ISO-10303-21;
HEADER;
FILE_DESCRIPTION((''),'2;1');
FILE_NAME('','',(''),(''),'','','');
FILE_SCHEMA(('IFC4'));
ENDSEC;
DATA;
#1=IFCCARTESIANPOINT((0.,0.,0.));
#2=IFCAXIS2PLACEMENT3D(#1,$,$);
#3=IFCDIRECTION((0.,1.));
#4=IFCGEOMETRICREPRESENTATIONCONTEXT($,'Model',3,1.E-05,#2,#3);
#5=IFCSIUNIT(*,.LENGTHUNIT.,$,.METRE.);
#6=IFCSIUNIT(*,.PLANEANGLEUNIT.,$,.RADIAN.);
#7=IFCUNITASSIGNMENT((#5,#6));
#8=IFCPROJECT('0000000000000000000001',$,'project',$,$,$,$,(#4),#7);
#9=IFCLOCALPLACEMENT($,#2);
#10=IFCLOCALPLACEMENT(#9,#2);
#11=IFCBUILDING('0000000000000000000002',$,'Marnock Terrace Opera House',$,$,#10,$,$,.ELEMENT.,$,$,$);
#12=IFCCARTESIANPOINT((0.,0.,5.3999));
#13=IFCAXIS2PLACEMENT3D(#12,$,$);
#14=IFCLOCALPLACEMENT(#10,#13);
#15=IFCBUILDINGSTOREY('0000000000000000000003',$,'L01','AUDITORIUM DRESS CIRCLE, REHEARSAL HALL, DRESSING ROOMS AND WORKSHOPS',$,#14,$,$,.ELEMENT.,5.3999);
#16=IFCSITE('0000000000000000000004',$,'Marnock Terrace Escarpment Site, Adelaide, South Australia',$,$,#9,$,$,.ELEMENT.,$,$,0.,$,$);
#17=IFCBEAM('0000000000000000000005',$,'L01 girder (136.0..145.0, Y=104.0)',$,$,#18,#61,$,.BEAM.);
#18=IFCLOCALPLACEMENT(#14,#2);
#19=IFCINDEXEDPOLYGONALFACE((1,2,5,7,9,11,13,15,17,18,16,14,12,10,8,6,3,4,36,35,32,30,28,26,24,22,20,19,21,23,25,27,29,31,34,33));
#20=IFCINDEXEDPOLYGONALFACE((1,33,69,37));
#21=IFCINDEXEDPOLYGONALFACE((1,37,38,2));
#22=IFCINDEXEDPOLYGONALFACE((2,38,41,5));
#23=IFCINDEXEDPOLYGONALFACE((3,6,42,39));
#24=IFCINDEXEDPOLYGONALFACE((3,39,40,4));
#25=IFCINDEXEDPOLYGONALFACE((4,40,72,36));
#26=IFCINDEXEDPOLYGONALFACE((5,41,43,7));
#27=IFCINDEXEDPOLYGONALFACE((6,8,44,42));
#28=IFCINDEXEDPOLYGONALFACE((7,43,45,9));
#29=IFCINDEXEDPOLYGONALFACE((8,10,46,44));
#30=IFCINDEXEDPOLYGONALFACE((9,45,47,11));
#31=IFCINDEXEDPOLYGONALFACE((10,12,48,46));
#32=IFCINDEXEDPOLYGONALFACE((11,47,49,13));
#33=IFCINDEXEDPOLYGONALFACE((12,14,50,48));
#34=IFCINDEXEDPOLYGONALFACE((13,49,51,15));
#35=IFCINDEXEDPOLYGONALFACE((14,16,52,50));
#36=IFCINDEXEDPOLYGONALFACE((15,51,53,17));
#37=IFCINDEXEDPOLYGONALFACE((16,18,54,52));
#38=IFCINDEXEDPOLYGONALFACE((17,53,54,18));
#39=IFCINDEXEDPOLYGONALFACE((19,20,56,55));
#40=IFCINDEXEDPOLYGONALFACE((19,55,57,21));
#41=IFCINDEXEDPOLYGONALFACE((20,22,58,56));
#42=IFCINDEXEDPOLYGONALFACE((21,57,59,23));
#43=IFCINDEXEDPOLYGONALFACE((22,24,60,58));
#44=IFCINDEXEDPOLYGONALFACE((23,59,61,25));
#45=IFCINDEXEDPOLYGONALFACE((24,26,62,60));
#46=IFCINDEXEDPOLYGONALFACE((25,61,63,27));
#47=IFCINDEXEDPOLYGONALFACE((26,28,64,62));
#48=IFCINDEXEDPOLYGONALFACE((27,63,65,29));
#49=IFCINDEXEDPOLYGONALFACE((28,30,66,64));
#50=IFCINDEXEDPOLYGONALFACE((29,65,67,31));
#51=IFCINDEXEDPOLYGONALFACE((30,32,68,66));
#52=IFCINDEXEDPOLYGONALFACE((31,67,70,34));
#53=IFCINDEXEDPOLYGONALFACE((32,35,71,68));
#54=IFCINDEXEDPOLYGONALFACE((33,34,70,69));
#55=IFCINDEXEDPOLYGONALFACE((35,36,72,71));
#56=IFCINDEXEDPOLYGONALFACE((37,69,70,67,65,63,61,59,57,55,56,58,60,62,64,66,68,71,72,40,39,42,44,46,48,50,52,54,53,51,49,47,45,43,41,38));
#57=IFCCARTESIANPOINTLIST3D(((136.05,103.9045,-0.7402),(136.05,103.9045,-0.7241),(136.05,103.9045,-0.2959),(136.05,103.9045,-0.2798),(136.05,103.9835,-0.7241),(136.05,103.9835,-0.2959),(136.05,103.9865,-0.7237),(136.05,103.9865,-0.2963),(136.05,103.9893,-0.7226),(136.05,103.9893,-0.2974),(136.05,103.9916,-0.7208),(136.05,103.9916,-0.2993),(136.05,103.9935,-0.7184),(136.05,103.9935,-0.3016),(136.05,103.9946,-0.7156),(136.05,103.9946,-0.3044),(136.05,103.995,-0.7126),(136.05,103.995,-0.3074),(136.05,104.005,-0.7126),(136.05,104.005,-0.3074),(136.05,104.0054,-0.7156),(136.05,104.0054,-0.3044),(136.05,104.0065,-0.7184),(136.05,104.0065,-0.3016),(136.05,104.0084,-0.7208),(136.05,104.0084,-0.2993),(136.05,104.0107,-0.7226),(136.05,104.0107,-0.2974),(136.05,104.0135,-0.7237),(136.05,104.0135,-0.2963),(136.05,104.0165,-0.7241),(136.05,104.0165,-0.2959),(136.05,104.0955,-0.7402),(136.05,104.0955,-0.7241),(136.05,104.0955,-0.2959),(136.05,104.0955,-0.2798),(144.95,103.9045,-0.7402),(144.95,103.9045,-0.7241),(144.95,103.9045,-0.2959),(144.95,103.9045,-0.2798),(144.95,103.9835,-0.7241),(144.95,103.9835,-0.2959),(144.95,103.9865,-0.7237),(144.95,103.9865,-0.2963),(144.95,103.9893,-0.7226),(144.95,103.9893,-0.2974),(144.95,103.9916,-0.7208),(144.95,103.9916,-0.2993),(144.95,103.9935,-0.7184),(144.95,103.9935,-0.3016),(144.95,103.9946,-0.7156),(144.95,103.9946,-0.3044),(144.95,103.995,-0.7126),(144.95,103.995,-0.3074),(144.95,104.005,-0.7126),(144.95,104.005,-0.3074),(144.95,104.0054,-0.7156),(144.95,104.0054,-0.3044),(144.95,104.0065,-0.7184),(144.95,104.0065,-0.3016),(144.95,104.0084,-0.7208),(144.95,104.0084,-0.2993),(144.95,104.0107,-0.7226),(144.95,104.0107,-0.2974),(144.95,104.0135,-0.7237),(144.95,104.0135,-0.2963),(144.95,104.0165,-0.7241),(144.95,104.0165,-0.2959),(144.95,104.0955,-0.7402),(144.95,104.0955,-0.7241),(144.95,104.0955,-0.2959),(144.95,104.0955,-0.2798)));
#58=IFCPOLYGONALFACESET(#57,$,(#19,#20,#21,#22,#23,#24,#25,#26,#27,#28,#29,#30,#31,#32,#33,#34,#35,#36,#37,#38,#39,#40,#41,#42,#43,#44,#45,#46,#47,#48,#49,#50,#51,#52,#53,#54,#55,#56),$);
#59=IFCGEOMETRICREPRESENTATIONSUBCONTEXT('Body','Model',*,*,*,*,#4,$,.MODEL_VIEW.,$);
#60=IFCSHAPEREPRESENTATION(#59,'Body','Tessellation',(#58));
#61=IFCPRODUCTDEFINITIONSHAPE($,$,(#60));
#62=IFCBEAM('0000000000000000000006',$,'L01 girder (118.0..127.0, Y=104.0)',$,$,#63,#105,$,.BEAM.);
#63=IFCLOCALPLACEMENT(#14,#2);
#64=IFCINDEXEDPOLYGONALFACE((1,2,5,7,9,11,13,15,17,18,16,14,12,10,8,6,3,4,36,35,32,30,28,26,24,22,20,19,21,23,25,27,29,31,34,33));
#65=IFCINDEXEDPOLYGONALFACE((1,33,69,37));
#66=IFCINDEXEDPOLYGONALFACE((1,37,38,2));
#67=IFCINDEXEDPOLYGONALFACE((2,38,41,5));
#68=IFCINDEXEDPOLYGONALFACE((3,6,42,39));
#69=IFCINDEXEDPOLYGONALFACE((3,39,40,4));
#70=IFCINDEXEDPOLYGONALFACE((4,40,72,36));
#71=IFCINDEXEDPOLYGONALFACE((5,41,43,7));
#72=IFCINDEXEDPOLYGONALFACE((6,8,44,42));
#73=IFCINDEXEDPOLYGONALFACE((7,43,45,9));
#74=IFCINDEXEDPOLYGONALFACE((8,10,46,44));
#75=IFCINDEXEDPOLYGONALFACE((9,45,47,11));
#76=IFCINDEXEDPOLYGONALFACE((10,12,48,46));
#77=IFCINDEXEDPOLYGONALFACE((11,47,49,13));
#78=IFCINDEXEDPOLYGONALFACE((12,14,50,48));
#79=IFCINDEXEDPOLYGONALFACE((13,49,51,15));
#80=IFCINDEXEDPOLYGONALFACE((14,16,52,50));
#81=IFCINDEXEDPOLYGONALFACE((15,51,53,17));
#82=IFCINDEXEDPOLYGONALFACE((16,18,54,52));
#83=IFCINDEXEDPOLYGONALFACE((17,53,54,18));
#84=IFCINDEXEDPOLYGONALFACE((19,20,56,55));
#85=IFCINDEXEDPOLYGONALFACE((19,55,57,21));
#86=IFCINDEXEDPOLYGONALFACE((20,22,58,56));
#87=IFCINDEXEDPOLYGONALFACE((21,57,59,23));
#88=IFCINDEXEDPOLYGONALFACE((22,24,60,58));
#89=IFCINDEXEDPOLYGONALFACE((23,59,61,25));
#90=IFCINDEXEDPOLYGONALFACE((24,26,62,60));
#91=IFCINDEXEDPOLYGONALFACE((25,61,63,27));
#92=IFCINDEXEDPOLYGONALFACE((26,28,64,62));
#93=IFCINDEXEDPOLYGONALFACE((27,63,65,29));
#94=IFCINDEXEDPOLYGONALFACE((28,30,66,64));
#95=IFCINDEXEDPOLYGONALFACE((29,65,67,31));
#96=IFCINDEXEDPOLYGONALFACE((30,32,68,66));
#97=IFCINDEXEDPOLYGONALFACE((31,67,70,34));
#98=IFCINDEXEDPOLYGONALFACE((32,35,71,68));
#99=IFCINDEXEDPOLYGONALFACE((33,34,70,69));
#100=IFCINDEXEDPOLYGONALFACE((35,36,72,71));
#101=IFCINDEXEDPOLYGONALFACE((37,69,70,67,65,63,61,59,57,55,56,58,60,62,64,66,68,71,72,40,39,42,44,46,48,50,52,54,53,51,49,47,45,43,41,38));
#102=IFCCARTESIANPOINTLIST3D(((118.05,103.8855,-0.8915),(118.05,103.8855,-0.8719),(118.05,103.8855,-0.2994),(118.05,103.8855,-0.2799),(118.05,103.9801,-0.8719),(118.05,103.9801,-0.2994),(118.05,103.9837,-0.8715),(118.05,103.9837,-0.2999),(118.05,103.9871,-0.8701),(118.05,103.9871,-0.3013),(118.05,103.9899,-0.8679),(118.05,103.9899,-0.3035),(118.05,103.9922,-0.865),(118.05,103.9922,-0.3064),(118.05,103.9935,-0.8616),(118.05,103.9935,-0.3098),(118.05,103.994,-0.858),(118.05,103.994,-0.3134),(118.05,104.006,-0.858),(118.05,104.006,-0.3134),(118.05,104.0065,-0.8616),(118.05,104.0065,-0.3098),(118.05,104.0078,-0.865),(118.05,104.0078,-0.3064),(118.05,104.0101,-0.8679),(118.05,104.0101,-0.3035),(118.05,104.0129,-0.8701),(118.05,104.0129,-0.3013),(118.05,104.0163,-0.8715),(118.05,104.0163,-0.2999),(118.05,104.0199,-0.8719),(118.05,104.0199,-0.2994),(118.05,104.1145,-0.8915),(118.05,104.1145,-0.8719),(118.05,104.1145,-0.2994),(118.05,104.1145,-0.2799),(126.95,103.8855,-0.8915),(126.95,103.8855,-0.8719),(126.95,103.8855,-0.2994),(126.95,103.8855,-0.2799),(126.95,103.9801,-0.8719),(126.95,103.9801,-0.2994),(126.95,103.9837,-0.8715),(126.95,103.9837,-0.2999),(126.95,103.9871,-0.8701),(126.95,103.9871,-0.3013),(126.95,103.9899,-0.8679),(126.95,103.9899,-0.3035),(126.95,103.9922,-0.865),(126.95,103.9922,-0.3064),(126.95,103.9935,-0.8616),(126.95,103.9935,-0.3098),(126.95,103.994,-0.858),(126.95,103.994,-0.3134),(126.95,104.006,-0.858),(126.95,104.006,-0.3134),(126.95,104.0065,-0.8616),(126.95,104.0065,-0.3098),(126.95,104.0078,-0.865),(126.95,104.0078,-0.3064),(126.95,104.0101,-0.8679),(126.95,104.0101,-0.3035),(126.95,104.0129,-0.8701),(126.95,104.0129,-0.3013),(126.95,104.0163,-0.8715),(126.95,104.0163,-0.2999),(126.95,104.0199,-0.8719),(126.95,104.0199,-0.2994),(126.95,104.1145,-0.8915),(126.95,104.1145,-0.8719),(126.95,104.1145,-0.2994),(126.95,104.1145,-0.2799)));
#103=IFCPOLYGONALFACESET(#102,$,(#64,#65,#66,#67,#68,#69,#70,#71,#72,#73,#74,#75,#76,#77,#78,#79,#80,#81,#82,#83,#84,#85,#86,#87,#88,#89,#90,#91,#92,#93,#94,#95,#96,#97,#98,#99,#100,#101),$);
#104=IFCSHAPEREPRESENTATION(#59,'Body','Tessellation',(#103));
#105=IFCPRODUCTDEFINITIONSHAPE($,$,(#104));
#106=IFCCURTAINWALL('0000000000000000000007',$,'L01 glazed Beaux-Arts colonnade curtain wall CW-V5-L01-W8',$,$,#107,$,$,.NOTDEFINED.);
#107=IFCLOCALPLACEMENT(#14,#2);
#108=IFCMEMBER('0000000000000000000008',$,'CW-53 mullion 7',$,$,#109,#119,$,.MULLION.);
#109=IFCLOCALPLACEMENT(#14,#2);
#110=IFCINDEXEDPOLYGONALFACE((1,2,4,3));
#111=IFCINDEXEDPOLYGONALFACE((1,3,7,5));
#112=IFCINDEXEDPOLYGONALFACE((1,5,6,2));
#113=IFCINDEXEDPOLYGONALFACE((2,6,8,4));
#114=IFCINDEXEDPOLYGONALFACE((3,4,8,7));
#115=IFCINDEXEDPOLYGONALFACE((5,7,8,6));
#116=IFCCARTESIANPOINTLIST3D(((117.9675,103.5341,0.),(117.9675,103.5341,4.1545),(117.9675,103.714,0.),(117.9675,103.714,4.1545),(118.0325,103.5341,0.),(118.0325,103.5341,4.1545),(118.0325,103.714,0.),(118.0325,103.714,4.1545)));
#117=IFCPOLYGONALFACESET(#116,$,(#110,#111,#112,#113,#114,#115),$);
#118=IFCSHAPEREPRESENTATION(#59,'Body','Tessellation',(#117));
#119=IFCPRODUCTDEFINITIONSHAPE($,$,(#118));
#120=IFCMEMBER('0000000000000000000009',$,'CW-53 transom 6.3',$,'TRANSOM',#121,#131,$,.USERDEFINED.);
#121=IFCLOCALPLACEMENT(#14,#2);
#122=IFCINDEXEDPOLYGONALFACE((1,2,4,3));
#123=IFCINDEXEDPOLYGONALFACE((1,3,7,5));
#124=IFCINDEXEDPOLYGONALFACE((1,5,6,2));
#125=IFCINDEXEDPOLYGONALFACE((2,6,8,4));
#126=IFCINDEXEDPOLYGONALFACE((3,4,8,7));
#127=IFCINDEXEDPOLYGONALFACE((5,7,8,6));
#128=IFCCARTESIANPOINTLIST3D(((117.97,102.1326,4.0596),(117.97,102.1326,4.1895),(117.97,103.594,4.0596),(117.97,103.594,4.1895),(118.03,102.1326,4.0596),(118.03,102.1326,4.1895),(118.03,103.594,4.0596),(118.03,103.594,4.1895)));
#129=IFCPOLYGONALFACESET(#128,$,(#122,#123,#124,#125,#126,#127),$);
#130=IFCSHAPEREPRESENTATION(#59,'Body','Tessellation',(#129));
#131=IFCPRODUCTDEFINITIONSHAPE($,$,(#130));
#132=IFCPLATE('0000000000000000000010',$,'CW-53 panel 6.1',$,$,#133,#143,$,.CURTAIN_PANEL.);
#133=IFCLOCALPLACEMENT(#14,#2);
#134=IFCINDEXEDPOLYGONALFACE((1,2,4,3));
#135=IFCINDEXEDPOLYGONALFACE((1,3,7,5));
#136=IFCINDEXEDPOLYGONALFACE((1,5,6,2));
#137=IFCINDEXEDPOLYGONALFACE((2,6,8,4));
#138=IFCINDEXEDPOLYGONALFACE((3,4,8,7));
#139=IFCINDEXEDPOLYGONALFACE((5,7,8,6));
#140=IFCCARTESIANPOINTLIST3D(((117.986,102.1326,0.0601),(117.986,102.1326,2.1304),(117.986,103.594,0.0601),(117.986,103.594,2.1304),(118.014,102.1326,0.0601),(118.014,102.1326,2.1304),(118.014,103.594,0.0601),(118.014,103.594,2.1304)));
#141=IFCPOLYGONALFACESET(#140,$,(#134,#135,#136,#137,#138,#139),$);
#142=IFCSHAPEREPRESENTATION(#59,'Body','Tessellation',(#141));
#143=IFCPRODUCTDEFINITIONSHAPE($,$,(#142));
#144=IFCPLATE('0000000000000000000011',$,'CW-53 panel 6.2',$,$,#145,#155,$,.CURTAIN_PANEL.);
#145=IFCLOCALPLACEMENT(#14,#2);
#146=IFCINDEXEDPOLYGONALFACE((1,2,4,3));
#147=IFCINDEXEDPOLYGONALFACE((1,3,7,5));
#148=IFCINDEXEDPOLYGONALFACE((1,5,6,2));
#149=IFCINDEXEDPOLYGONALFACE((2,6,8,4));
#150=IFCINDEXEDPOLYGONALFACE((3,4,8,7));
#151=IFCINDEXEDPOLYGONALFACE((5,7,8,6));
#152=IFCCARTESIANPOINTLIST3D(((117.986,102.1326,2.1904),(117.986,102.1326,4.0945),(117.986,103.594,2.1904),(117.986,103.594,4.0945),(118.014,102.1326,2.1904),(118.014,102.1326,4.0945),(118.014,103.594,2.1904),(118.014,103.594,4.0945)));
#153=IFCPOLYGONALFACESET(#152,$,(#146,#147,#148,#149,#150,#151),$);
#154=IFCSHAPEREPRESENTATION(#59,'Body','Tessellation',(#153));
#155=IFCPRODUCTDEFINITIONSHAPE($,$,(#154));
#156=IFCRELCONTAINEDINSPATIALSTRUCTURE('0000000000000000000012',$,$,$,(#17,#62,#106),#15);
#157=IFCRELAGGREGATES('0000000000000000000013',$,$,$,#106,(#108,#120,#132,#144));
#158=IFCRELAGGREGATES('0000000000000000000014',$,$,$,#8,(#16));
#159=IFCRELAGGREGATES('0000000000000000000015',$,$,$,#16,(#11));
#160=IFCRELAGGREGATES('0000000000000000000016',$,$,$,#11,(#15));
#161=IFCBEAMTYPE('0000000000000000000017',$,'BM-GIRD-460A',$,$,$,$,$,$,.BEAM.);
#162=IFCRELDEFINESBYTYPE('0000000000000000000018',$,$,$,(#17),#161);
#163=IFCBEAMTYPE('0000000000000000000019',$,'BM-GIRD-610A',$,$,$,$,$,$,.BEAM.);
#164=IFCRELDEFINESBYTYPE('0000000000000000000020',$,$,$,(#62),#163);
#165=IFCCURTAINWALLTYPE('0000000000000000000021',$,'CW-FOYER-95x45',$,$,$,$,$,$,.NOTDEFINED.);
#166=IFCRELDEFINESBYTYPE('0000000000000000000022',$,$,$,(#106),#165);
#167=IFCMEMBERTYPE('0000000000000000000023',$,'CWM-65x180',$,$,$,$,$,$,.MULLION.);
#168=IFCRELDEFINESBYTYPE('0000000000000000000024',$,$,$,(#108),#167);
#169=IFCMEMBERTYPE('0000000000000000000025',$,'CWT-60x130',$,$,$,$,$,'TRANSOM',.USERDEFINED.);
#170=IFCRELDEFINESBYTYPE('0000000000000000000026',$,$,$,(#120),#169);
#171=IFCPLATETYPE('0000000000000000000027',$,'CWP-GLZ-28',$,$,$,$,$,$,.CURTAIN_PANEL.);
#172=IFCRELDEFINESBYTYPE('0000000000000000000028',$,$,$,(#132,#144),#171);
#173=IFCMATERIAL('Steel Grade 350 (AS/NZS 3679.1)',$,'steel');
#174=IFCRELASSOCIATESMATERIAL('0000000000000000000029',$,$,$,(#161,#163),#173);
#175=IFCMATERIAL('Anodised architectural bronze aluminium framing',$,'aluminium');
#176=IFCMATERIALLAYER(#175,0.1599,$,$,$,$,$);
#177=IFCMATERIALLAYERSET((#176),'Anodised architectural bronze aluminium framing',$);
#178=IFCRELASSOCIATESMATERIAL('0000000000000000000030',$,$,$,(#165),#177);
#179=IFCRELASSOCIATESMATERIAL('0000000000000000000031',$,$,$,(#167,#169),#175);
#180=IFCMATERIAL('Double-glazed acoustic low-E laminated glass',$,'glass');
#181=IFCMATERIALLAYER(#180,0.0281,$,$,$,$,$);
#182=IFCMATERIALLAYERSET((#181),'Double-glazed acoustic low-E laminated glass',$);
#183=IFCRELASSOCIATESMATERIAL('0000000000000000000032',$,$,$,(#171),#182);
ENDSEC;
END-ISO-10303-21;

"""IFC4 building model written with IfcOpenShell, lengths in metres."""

from ifc_helpers import new_model, si_unit, direction, frame, origin, origin_2d, place, context, subcontext, project, spatial, rectangle, i_section, extrude, material, layer, layer_set, material_profile, profile_set, type_object, element, aggregate, save


model = new_model("IFC4")

# Units and contexts
model_context = context("Model", 3, precision=1e-05, world=origin(), true_north=direction((0.0, 1.0)))
body_context = subcontext(model_context, "Body", "Model", "MODEL_VIEW")
ifc_project = project(units=[si_unit("LENGTHUNIT", "METRE"), si_unit("PLANEANGLEUNIT", "RADIAN")], contexts=[model_context])

# Site, building, storey
site_placement = place(None, origin())
site = spatial("IfcSite", under=ifc_project, at=site_placement, Name="Marnock Terrace Escarpment Site, Adelaide, South Australia", CompositionType="ELEMENT", RefElevation=0.0)
building_placement = place(site_placement, origin())
building = spatial("IfcBuilding", under=site, at=building_placement, Name="Marnock Terrace Opera House", CompositionType="ELEMENT")
storey_placement = place(building_placement, frame((0.0, 0.0, 5.3999)))
storey = spatial("IfcBuildingStorey", under=building, at=storey_placement, Name="L01", Description="AUDITORIUM DRESS CIRCLE, REHEARSAL HALL, DRESSING ROOMS AND WORKSHOPS", CompositionType="ELEMENT", Elevation=5.3999)

# Shared definitions
ifc_material_1 = material(Name="Steel Grade 350 (AS/NZS 3679.1)", Category="steel")

# Beams
ifc_material_profile_1 = material_profile(ifc_material_1, i_section(OverallWidth=0.1909, OverallDepth=0.4604, WebThickness=0.01, FlangeThickness=0.0161, FilletRadius=0.0115, at=origin_2d()))
ifc_profile_set_1 = profile_set([ifc_material_profile_1], Name="Steel Grade 350 (AS/NZS 3679.1)")
beam_type_1 = type_object("IfcBeamType", Name="BM-GIRD-460A", PredefinedType="BEAM", material=ifc_profile_set_1)
beam_1_placement = place(storey_placement, frame((136.05, 104.0, -0.51), z_axis=(1.0, 0.0, 0.0), x_axis=(0.0, 1.0, 0.0)))
element("IfcBeam", 1, at=beam_1_placement, inside=storey, type_object=beam_type_1, Name="L01 girder (136.0..145.0, Y=104.0)", PredefinedType="BEAM", context=body_context, shape_type="SweptSolid", body=[
    extrude(i_section(OverallWidth=0.1909, OverallDepth=0.4604, WebThickness=0.01, FlangeThickness=0.0161, FilletRadius=0.0115, at=origin_2d()), origin(), (0.0, 0.0, 1.0), 8.8999),
])
ifc_material_profile_2 = material_profile(ifc_material_1, i_section(OverallWidth=0.229, OverallDepth=0.6116, WebThickness=0.012, FlangeThickness=0.0195, FilletRadius=0.0139, at=origin_2d()))
ifc_profile_set_2 = profile_set([ifc_material_profile_2], Name="Steel Grade 350 (AS/NZS 3679.1)")
beam_type_2 = type_object("IfcBeamType", Name="BM-GIRD-610A", PredefinedType="BEAM", material=ifc_profile_set_2)
beam_2_placement = place(storey_placement, frame((118.05, 104.0, -0.5857), z_axis=(1.0, 0.0, 0.0), x_axis=(0.0, 1.0, 0.0)))
element("IfcBeam", 2, at=beam_2_placement, inside=storey, type_object=beam_type_2, Name="L01 girder (118.0..127.0, Y=104.0)", PredefinedType="BEAM", context=body_context, shape_type="SweptSolid", body=[
    extrude(i_section(OverallWidth=0.229, OverallDepth=0.6116, WebThickness=0.012, FlangeThickness=0.0195, FilletRadius=0.0139, at=origin_2d()), origin(), (0.0, 0.0, 1.0), 8.8999),
])

# Curtain wall, members, plates
ifc_material_2 = material(Name="Anodised architectural bronze aluminium framing", Category="aluminium")
ifc_layer_1 = layer(ifc_material_2, 0.1599)
ifc_layer_set_1 = layer_set([ifc_layer_1], Name="Anodised architectural bronze aluminium framing")
curtain_wall_type = type_object("IfcCurtainWallType", Name="CW-FOYER-95x45", PredefinedType="NOTDEFINED", material=ifc_layer_set_1)
curtain_wall_placement = place(storey_placement, origin())
curtain_wall = element("IfcCurtainWall", 3, at=curtain_wall_placement, inside=storey, type_object=curtain_wall_type, Name="L01 glazed Beaux-Arts colonnade curtain wall CW-V5-L01-W8", PredefinedType="NOTDEFINED")
ifc_material_profile_3 = material_profile(ifc_material_2, rectangle(XDim=0.0649, YDim=0.1799, at=origin_2d()))
ifc_profile_set_3 = profile_set([ifc_material_profile_3], Name="Anodised architectural bronze aluminium framing")
member_type_1 = type_object("IfcMemberType", Name="CWM-65x180", PredefinedType="MULLION", material=ifc_profile_set_3)
member_1_placement = place(storey_placement, frame((118.0, 103.624, 0.0), z_axis=(0.0, 0.0, 1.0), x_axis=(-1.0, 0.0, 0.0)))
member_1 = element("IfcMember", 4, at=member_1_placement, type_object=member_type_1, Name="CW-53 mullion 7", PredefinedType="MULLION", context=body_context, shape_type="SweptSolid", body=[
    extrude(rectangle(XDim=0.0649, YDim=0.1799, at=origin_2d()), origin(), (0.0, 0.0, 1.0), 4.1545),
])
ifc_material_profile_4 = material_profile(ifc_material_2, rectangle(XDim=0.0601, YDim=0.1299, at=origin_2d()))
ifc_profile_set_4 = profile_set([ifc_material_profile_4], Name="Anodised architectural bronze aluminium framing")
member_type_2 = type_object("IfcMemberType", Name="CWT-60x130", ElementType="TRANSOM", PredefinedType="USERDEFINED", material=ifc_profile_set_4)
member_2_placement = place(storey_placement, frame((118.0, 102.1326, 4.1245), z_axis=(0.0, 1.0, 0.0), x_axis=(-1.0, 0.0, 0.0)))
member_2 = element("IfcMember", 5, at=member_2_placement, type_object=member_type_2, Name="CW-53 transom 6.3", ObjectType="TRANSOM", PredefinedType="USERDEFINED", context=body_context, shape_type="SweptSolid", body=[
    extrude(rectangle(XDim=0.0601, YDim=0.1299, at=origin_2d()), origin(), (0.0, 0.0, 1.0), 1.4614),
])
ifc_material_3 = material(Name="Double-glazed acoustic low-E laminated glass", Category="glass")
ifc_layer_2 = layer(ifc_material_3, 0.0281)
ifc_layer_set_2 = layer_set([ifc_layer_2], Name="Double-glazed acoustic low-E laminated glass")
plate_type = type_object("IfcPlateType", Name="CWP-GLZ-28", PredefinedType="CURTAIN_PANEL", material=ifc_layer_set_2)
plate_1_placement = place(storey_placement, frame((118.0, 102.8633, 0.0601), z_axis=(0.0, 0.0, 1.0), x_axis=(0.0, 1.0, 0.0)))
plate_1 = element("IfcPlate", 6, at=plate_1_placement, type_object=plate_type, Name="CW-53 panel 6.1", PredefinedType="CURTAIN_PANEL", context=body_context, shape_type="SweptSolid", body=[
    extrude(rectangle(XDim=1.4614, YDim=0.0281, at=origin_2d()), origin(), (0.0, 0.0, 1.0), 2.0703),
])
plate_2_placement = place(storey_placement, frame((118.0, 102.8633, 2.1904), z_axis=(0.0, 0.0, 1.0), x_axis=(0.0, 1.0, 0.0)))
plate_2 = element("IfcPlate", 7, at=plate_2_placement, type_object=plate_type, Name="CW-53 panel 6.2", PredefinedType="CURTAIN_PANEL", context=body_context, shape_type="SweptSolid", body=[
    extrude(rectangle(XDim=1.4614, YDim=0.0281, at=origin_2d()), origin(), (0.0, 0.0, 1.0), 1.9041),
])
aggregate(curtain_wall, [member_1, member_2, plate_1, plate_2])

save(model, "model.ifc")
